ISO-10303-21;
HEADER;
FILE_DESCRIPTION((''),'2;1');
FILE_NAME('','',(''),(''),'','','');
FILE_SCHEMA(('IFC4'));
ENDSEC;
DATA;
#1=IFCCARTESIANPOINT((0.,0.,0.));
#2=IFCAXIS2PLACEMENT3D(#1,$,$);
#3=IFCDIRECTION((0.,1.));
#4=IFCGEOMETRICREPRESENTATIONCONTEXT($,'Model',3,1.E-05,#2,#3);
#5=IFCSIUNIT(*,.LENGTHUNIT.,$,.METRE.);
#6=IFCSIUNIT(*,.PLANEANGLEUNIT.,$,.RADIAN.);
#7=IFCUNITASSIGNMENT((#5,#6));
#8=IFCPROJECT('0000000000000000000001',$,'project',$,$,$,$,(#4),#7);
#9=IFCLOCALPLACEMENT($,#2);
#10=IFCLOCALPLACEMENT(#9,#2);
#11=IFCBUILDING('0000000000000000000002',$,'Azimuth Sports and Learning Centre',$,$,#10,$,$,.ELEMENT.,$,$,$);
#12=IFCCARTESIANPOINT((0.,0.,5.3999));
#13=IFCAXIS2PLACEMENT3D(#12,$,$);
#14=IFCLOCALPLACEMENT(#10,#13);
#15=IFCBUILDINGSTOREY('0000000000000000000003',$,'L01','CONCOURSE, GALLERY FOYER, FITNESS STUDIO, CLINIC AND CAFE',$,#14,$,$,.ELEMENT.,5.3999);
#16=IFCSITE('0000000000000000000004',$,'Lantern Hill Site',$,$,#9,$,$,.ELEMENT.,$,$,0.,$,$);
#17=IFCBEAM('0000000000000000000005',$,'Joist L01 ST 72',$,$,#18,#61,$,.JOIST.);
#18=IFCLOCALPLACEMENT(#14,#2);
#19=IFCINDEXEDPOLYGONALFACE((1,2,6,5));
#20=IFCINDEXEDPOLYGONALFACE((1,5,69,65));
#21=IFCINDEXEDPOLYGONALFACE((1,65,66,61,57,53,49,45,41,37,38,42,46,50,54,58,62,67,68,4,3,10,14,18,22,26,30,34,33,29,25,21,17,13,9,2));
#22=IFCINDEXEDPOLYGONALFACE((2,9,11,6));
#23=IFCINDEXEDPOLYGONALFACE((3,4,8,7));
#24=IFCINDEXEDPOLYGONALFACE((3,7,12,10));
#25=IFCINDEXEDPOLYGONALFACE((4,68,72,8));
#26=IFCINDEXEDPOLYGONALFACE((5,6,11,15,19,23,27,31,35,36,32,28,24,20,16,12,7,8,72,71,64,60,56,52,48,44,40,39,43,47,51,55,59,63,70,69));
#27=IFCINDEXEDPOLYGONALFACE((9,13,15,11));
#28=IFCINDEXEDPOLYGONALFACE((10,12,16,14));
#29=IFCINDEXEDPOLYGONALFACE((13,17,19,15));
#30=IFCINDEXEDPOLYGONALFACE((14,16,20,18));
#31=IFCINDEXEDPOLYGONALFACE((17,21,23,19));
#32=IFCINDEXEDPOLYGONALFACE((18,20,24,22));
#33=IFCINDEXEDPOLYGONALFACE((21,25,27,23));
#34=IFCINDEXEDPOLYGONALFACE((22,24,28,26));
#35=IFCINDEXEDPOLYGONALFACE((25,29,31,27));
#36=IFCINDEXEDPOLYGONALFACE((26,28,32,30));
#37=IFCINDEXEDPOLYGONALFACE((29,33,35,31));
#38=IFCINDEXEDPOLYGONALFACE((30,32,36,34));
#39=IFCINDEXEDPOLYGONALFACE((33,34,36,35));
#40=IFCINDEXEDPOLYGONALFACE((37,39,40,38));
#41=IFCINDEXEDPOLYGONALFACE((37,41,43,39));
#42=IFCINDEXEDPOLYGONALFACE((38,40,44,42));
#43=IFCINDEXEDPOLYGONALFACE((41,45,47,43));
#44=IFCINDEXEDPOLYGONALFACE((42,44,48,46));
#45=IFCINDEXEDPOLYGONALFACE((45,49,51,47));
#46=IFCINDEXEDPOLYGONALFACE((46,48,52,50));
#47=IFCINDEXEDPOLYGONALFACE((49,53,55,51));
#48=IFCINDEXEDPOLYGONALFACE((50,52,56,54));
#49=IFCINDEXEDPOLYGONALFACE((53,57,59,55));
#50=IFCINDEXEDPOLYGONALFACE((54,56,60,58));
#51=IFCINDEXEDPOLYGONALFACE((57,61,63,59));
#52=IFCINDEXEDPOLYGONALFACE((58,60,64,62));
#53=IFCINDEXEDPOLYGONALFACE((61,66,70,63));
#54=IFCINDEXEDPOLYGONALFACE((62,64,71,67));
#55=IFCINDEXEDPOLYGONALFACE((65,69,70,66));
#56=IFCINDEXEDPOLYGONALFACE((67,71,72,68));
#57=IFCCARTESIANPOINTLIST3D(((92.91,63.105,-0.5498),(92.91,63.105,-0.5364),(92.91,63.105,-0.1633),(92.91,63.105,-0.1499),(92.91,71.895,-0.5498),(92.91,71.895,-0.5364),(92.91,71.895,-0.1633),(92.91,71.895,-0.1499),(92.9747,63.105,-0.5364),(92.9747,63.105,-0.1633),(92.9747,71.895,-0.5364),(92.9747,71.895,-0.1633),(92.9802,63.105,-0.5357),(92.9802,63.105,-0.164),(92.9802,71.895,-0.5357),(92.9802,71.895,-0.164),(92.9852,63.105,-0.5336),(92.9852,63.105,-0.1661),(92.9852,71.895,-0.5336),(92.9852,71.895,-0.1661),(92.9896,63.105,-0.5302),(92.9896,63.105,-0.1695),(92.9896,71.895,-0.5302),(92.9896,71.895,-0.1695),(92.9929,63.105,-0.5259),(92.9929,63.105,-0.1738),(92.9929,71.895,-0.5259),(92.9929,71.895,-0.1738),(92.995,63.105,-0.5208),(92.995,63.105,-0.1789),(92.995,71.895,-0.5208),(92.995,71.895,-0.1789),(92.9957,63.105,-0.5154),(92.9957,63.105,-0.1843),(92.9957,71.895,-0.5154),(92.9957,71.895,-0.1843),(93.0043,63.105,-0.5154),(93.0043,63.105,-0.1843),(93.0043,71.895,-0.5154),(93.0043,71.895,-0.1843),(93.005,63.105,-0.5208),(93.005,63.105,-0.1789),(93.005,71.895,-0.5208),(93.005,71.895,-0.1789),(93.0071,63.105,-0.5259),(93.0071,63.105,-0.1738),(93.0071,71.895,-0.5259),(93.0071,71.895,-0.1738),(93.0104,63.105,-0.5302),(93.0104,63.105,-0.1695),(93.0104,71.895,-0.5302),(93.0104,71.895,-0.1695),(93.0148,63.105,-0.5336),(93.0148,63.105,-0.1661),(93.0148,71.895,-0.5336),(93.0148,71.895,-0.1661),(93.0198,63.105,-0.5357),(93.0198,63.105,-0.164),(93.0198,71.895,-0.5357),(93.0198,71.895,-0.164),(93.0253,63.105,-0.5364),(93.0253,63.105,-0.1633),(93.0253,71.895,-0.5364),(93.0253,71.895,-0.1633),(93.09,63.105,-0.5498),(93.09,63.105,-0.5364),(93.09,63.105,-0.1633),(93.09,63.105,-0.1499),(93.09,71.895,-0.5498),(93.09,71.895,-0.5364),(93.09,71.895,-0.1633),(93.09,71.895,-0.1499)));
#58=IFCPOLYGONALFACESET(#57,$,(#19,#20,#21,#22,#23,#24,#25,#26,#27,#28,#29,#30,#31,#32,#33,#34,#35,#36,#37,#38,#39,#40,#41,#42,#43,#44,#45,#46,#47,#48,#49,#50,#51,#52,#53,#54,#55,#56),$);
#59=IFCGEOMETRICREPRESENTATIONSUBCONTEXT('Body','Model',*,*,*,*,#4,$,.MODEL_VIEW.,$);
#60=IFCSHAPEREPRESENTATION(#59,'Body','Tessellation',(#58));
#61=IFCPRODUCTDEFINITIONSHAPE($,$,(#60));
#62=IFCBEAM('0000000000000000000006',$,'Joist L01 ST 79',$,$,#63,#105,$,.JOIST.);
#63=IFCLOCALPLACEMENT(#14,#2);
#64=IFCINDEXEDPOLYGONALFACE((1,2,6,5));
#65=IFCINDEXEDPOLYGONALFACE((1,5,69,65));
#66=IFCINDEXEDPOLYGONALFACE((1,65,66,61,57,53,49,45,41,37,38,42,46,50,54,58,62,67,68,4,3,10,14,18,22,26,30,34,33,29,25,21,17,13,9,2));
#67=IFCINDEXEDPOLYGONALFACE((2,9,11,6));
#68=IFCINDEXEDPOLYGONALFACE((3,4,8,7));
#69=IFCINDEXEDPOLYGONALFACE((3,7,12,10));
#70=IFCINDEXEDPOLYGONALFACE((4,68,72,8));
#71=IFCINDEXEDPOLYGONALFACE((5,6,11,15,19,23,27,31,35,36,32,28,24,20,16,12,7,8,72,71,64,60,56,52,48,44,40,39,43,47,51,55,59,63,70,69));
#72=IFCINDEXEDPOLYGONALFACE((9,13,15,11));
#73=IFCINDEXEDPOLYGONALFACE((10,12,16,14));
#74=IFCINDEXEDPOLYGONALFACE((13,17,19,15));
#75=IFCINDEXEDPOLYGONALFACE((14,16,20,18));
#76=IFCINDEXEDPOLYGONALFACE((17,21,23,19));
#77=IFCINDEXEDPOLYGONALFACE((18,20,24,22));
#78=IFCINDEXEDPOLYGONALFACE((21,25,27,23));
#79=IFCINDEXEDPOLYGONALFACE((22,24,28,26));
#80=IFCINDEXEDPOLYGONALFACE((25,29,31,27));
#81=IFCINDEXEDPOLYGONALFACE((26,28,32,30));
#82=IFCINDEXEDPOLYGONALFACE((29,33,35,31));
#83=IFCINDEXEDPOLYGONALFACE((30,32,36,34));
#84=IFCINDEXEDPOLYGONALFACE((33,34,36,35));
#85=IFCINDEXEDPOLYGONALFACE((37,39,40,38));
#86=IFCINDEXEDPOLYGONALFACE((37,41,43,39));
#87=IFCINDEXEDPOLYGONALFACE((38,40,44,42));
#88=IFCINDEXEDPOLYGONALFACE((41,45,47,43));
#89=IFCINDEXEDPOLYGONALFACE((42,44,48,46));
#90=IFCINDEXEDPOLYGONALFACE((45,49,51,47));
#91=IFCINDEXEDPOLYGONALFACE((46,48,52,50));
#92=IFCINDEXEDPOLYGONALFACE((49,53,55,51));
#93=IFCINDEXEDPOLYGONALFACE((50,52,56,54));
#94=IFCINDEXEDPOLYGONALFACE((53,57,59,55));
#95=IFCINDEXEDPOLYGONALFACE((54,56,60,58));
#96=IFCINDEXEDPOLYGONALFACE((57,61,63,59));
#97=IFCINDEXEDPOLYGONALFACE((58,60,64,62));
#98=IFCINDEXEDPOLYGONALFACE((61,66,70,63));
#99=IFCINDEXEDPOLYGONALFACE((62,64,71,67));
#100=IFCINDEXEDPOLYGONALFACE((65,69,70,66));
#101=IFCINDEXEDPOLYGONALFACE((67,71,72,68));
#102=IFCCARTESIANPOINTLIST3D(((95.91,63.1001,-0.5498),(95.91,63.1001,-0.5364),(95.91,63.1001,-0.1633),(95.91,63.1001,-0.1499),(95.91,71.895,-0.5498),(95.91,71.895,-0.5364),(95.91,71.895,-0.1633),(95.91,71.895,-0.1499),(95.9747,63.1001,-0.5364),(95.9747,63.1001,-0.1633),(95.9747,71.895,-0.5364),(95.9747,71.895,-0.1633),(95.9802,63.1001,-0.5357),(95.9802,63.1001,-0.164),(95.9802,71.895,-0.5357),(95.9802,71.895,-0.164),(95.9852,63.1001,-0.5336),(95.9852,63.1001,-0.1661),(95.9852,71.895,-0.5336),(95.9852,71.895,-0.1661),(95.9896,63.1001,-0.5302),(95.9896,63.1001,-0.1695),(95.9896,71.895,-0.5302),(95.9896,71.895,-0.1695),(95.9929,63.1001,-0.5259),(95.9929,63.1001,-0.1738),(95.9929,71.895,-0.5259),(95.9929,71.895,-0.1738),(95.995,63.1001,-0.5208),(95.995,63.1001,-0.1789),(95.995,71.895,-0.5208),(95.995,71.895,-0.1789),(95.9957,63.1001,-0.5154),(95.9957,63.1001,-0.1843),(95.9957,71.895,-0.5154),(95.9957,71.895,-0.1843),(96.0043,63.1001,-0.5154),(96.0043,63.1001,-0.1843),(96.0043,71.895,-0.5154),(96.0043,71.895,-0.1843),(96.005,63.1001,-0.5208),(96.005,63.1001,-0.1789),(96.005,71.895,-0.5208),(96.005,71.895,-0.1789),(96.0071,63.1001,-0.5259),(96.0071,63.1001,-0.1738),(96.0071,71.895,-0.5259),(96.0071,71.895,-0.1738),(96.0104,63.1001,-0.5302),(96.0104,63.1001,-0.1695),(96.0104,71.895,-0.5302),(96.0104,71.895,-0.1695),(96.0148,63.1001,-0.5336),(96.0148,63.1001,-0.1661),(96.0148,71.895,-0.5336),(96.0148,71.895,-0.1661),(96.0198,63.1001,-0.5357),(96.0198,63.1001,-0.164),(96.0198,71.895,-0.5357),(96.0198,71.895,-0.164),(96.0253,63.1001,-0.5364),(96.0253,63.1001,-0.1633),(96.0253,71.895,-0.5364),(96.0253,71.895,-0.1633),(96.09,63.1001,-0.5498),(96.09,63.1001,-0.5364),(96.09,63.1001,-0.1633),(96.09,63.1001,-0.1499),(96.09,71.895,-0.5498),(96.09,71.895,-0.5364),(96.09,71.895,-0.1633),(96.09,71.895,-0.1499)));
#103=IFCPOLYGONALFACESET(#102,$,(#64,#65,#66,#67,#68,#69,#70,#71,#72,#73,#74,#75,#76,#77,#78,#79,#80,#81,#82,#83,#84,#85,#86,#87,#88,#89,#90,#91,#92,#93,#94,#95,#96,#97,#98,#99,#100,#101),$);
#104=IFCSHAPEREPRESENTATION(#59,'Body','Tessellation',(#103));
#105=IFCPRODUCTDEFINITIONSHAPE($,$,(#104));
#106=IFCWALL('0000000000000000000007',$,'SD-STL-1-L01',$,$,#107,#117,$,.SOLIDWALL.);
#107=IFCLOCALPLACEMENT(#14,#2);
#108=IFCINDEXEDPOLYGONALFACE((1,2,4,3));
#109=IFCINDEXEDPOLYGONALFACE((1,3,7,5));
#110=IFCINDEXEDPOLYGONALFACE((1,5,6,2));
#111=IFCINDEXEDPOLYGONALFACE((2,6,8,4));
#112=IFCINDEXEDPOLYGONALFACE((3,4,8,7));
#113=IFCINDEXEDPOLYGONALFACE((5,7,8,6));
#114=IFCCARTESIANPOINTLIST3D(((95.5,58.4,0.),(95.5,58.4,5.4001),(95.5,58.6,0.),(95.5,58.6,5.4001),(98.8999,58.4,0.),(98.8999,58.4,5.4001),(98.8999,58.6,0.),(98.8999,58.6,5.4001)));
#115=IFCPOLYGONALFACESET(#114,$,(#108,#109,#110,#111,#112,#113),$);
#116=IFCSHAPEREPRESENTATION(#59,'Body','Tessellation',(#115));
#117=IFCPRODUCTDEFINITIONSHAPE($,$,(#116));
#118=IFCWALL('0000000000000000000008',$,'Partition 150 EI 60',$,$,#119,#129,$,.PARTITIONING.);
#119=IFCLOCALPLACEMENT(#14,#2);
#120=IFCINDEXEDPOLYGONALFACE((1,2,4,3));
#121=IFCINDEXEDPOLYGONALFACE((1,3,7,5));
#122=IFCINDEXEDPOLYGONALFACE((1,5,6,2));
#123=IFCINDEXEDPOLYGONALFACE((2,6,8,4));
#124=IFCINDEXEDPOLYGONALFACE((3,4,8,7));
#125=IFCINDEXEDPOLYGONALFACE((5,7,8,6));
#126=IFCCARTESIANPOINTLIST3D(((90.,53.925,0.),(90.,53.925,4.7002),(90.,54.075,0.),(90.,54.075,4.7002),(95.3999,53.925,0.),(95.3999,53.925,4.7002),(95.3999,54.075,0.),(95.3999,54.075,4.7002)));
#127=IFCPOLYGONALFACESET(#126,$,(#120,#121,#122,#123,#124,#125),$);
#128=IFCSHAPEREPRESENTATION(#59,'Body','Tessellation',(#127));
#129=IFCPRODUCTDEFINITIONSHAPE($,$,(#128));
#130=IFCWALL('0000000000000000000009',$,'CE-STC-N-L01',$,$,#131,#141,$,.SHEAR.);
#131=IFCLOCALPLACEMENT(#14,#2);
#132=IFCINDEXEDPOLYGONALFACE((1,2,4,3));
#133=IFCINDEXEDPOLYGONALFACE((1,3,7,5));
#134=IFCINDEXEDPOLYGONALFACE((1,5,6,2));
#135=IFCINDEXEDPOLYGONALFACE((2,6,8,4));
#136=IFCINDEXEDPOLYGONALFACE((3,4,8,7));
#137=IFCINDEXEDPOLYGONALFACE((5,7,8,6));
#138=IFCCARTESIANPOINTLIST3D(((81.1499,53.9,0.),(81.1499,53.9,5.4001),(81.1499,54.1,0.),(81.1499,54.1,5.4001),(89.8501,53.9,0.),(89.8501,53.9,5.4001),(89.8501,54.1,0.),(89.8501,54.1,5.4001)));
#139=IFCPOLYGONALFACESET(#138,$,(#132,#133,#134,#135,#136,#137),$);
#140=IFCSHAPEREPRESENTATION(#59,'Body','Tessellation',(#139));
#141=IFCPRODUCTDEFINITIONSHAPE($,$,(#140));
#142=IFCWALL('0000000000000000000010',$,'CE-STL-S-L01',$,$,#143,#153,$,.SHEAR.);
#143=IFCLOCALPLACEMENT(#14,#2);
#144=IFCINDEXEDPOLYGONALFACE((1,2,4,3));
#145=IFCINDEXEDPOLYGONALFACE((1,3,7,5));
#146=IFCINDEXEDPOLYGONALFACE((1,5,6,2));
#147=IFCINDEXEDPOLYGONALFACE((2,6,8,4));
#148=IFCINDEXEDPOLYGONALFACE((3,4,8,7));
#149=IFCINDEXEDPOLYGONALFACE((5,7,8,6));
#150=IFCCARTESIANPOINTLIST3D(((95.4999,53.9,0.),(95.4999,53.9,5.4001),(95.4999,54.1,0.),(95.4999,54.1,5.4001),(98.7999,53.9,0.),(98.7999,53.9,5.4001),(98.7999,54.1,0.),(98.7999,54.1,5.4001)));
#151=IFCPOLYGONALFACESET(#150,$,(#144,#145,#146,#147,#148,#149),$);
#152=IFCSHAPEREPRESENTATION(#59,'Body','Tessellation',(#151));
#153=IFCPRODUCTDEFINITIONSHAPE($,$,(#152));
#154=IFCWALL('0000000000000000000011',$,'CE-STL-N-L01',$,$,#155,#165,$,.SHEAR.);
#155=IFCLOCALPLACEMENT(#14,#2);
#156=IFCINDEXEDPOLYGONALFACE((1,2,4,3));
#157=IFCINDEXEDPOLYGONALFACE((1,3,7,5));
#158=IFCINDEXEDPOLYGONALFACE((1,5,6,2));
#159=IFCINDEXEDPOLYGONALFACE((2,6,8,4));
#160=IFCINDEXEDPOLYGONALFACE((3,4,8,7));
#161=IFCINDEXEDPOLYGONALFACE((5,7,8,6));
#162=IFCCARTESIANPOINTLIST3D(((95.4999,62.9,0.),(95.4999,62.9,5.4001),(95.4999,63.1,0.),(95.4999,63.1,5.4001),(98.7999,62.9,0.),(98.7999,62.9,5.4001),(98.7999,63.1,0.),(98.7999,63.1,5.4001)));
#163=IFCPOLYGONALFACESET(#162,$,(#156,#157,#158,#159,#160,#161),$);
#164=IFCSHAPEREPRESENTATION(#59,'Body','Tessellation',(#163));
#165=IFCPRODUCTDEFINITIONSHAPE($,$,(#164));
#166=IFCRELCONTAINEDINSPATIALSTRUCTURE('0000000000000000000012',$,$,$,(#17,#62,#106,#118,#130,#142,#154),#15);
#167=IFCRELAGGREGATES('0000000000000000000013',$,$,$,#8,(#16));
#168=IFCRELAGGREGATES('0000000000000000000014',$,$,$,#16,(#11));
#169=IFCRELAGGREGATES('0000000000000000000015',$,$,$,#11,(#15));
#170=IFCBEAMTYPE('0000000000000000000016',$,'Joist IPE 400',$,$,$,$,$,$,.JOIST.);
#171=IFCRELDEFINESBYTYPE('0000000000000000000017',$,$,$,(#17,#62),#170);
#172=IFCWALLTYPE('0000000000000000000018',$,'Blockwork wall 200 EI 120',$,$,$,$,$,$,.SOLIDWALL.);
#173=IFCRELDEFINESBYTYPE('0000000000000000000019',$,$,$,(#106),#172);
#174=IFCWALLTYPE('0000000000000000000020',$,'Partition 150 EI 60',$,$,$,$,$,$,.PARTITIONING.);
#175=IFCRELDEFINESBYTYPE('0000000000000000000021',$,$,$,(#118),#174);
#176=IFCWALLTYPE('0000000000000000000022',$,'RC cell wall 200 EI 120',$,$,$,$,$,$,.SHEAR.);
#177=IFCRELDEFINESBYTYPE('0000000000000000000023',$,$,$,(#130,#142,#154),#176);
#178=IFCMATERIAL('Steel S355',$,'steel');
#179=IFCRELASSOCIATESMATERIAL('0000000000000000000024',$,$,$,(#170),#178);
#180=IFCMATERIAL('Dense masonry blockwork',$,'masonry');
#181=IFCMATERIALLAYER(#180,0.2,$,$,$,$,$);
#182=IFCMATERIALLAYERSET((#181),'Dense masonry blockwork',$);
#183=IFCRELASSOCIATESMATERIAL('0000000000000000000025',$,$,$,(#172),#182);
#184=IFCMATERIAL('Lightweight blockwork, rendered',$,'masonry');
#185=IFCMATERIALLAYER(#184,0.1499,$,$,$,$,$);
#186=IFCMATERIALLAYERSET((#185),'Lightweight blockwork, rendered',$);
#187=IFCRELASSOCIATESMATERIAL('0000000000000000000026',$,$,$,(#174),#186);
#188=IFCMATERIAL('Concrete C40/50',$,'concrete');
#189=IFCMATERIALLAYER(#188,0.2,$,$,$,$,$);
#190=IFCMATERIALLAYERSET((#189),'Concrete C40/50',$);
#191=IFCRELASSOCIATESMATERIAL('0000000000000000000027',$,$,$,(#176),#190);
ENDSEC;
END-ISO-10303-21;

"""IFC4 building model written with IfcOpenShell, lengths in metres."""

from ifc_helpers import new_model, si_unit, direction, frame, frame_2d, origin, origin_2d, place, context, subcontext, project, spatial, rectangle, i_section, extrude, material, layer, layer_set, material_profile, profile_set, type_object, element, save


model = new_model("IFC4")

# Units and contexts
model_context = context("Model", 3, precision=1e-05, world=origin(), true_north=direction((0.0, 1.0)))
body_context = subcontext(model_context, "Body", "Model", "MODEL_VIEW")
ifc_project = project(units=[si_unit("LENGTHUNIT", "METRE"), si_unit("PLANEANGLEUNIT", "RADIAN")], contexts=[model_context])

# Site, building, storey
site_placement = place(None, origin())
site = spatial("IfcSite", under=ifc_project, at=site_placement, Name="Lantern Hill Site", CompositionType="ELEMENT", RefElevation=0.0)
building_placement = place(site_placement, origin())
building = spatial("IfcBuilding", under=site, at=building_placement, Name="Azimuth Sports and Learning Centre", CompositionType="ELEMENT")
storey_placement = place(building_placement, frame((0.0, 0.0, 5.3999)))
storey = spatial("IfcBuildingStorey", under=building, at=storey_placement, Name="L01", Description="CONCOURSE, GALLERY FOYER, FITNESS STUDIO, CLINIC AND CAFE", CompositionType="ELEMENT", Elevation=5.3999)

# Beams
ifc_material_1 = material(Name="Steel S355", Category="steel")
ifc_material_profile_1 = material_profile(ifc_material_1, i_section(OverallWidth=0.1799, OverallDepth=0.3999, WebThickness=0.0085, FlangeThickness=0.0134, FilletRadius=0.021, at=origin_2d()), Name="IPE 400")
ifc_profile_set_1 = profile_set([ifc_material_profile_1], Name="Steel S355")
beam_type_1 = type_object("IfcBeamType", Name="Joist IPE 400", PredefinedType="JOIST", material=ifc_profile_set_1)
for number, where, z_axis, x_axis, name in (
    (1, (93.0, 63.105, -0.3499), (0.0, 1.0, 0.0), (-1.0, 0.0, 0.0), "Joist L01 ST 72"),
):
    element("IfcBeam", number, at=place(storey_placement, frame(where, z_axis=z_axis, x_axis=x_axis)), inside=storey, type_object=beam_type_1, Name=name, PredefinedType="JOIST", context=body_context, shape_type="SweptSolid", body=[
        extrude(i_section(OverallWidth=0.1799, OverallDepth=0.3999, WebThickness=0.0085, FlangeThickness=0.0134, FilletRadius=0.021, at=origin_2d()), origin(), (0.0, 0.0, 1.0), 8.79),
    ])
beam_placement = place(storey_placement, frame((96.0, 63.1001, -0.3499), z_axis=(0.0, 1.0, 0.0), x_axis=(-1.0, 0.0, 0.0)))
element("IfcBeam", 2, at=beam_placement, inside=storey, type_object=beam_type_1, Name="Joist L01 ST 79", PredefinedType="JOIST", context=body_context, shape_type="SweptSolid", body=[
    extrude(i_section(OverallWidth=0.1799, OverallDepth=0.3999, WebThickness=0.0085, FlangeThickness=0.0134, FilletRadius=0.021, at=origin_2d()), origin(), (0.0, 0.0, 1.0), 8.7949),
])

# Walls
ifc_material_2 = material(Name="Dense masonry blockwork", Category="masonry")
ifc_layer_1 = layer(ifc_material_2, 0.2)
ifc_layer_set_1 = layer_set([ifc_layer_1], Name="Dense masonry blockwork")
wall_type_1 = type_object("IfcWallType", Name="Blockwork wall 200 EI 120", PredefinedType="SOLIDWALL", material=ifc_layer_set_1)
wall_1_placement = place(storey_placement, frame((95.5, 58.5, 0.0), z_axis=(0.0, 0.0, 1.0), x_axis=(1.0, 0.0, 0.0)))
element("IfcWall", 3, at=wall_1_placement, inside=storey, type_object=wall_type_1, Name="SD-STL-1-L01", PredefinedType="SOLIDWALL", context=body_context, shape_type="SweptSolid", body=[
    extrude(rectangle(XDim=3.3999, YDim=0.2, at=frame_2d((1.7, 0.0))), origin(), (0.0, 0.0, 1.0), 5.4001),
])
ifc_material_3 = material(Name="Lightweight blockwork, rendered", Category="masonry")
ifc_layer_2 = layer(ifc_material_3, 0.1499)
ifc_layer_set_2 = layer_set([ifc_layer_2], Name="Lightweight blockwork, rendered")
wall_type_2 = type_object("IfcWallType", Name="Partition 150 EI 60", PredefinedType="PARTITIONING", material=ifc_layer_set_2)
wall_2_placement = place(storey_placement, frame((90.0, 54.0, 0.0), z_axis=(0.0, 0.0, 1.0), x_axis=(1.0, 0.0, 0.0)))
element("IfcWall", 4, at=wall_2_placement, inside=storey, type_object=wall_type_2, Name="Partition 150 EI 60", PredefinedType="PARTITIONING", context=body_context, shape_type="SweptSolid", body=[
    extrude(rectangle(XDim=5.3999, YDim=0.1499, at=frame_2d((2.7, 0.0))), origin(), (0.0, 0.0, 1.0), 4.7002),
])
ifc_material_4 = material(Name="Concrete C40/50", Category="concrete")
ifc_layer_3 = layer(ifc_material_4, 0.2)
ifc_layer_set_3 = layer_set([ifc_layer_3], Name="Concrete C40/50")
wall_type_3 = type_object("IfcWallType", Name="RC cell wall 200 EI 120", PredefinedType="SHEAR", material=ifc_layer_set_3)
wall_3_placement = place(storey_placement, frame((81.1499, 54.0, 0.0), z_axis=(0.0, 0.0, 1.0), x_axis=(1.0, 0.0, 0.0)))
element("IfcWall", 5, at=wall_3_placement, inside=storey, type_object=wall_type_3, Name="CE-STC-N-L01", PredefinedType="SHEAR", context=body_context, shape_type="SweptSolid", body=[
    extrude(rectangle(XDim=8.7002, YDim=0.2, at=frame_2d((4.3501, 0.0))), origin(), (0.0, 0.0, 1.0), 5.4001),
])
for number, where, z_axis, x_axis, name in (
    (6, (95.5, 54.0, 0.0), (0.0, 0.0, 1.0), (1.0, 0.0, 0.0), "CE-STL-S-L01"),
    (7, (95.5, 63.0, 0.0), (0.0, 0.0, 1.0), (1.0, 0.0, 0.0), "CE-STL-N-L01"),
):
    element("IfcWall", number, at=place(storey_placement, frame(where, z_axis=z_axis, x_axis=x_axis)), inside=storey, type_object=wall_type_3, Name=name, PredefinedType="SHEAR", context=body_context, shape_type="SweptSolid", body=[
        extrude(rectangle(XDim=3.3, YDim=0.2, at=frame_2d((1.6499, 0.0))), origin(), (0.0, 0.0, 1.0), 5.4001),
    ])

save(model, "model.ifc")
